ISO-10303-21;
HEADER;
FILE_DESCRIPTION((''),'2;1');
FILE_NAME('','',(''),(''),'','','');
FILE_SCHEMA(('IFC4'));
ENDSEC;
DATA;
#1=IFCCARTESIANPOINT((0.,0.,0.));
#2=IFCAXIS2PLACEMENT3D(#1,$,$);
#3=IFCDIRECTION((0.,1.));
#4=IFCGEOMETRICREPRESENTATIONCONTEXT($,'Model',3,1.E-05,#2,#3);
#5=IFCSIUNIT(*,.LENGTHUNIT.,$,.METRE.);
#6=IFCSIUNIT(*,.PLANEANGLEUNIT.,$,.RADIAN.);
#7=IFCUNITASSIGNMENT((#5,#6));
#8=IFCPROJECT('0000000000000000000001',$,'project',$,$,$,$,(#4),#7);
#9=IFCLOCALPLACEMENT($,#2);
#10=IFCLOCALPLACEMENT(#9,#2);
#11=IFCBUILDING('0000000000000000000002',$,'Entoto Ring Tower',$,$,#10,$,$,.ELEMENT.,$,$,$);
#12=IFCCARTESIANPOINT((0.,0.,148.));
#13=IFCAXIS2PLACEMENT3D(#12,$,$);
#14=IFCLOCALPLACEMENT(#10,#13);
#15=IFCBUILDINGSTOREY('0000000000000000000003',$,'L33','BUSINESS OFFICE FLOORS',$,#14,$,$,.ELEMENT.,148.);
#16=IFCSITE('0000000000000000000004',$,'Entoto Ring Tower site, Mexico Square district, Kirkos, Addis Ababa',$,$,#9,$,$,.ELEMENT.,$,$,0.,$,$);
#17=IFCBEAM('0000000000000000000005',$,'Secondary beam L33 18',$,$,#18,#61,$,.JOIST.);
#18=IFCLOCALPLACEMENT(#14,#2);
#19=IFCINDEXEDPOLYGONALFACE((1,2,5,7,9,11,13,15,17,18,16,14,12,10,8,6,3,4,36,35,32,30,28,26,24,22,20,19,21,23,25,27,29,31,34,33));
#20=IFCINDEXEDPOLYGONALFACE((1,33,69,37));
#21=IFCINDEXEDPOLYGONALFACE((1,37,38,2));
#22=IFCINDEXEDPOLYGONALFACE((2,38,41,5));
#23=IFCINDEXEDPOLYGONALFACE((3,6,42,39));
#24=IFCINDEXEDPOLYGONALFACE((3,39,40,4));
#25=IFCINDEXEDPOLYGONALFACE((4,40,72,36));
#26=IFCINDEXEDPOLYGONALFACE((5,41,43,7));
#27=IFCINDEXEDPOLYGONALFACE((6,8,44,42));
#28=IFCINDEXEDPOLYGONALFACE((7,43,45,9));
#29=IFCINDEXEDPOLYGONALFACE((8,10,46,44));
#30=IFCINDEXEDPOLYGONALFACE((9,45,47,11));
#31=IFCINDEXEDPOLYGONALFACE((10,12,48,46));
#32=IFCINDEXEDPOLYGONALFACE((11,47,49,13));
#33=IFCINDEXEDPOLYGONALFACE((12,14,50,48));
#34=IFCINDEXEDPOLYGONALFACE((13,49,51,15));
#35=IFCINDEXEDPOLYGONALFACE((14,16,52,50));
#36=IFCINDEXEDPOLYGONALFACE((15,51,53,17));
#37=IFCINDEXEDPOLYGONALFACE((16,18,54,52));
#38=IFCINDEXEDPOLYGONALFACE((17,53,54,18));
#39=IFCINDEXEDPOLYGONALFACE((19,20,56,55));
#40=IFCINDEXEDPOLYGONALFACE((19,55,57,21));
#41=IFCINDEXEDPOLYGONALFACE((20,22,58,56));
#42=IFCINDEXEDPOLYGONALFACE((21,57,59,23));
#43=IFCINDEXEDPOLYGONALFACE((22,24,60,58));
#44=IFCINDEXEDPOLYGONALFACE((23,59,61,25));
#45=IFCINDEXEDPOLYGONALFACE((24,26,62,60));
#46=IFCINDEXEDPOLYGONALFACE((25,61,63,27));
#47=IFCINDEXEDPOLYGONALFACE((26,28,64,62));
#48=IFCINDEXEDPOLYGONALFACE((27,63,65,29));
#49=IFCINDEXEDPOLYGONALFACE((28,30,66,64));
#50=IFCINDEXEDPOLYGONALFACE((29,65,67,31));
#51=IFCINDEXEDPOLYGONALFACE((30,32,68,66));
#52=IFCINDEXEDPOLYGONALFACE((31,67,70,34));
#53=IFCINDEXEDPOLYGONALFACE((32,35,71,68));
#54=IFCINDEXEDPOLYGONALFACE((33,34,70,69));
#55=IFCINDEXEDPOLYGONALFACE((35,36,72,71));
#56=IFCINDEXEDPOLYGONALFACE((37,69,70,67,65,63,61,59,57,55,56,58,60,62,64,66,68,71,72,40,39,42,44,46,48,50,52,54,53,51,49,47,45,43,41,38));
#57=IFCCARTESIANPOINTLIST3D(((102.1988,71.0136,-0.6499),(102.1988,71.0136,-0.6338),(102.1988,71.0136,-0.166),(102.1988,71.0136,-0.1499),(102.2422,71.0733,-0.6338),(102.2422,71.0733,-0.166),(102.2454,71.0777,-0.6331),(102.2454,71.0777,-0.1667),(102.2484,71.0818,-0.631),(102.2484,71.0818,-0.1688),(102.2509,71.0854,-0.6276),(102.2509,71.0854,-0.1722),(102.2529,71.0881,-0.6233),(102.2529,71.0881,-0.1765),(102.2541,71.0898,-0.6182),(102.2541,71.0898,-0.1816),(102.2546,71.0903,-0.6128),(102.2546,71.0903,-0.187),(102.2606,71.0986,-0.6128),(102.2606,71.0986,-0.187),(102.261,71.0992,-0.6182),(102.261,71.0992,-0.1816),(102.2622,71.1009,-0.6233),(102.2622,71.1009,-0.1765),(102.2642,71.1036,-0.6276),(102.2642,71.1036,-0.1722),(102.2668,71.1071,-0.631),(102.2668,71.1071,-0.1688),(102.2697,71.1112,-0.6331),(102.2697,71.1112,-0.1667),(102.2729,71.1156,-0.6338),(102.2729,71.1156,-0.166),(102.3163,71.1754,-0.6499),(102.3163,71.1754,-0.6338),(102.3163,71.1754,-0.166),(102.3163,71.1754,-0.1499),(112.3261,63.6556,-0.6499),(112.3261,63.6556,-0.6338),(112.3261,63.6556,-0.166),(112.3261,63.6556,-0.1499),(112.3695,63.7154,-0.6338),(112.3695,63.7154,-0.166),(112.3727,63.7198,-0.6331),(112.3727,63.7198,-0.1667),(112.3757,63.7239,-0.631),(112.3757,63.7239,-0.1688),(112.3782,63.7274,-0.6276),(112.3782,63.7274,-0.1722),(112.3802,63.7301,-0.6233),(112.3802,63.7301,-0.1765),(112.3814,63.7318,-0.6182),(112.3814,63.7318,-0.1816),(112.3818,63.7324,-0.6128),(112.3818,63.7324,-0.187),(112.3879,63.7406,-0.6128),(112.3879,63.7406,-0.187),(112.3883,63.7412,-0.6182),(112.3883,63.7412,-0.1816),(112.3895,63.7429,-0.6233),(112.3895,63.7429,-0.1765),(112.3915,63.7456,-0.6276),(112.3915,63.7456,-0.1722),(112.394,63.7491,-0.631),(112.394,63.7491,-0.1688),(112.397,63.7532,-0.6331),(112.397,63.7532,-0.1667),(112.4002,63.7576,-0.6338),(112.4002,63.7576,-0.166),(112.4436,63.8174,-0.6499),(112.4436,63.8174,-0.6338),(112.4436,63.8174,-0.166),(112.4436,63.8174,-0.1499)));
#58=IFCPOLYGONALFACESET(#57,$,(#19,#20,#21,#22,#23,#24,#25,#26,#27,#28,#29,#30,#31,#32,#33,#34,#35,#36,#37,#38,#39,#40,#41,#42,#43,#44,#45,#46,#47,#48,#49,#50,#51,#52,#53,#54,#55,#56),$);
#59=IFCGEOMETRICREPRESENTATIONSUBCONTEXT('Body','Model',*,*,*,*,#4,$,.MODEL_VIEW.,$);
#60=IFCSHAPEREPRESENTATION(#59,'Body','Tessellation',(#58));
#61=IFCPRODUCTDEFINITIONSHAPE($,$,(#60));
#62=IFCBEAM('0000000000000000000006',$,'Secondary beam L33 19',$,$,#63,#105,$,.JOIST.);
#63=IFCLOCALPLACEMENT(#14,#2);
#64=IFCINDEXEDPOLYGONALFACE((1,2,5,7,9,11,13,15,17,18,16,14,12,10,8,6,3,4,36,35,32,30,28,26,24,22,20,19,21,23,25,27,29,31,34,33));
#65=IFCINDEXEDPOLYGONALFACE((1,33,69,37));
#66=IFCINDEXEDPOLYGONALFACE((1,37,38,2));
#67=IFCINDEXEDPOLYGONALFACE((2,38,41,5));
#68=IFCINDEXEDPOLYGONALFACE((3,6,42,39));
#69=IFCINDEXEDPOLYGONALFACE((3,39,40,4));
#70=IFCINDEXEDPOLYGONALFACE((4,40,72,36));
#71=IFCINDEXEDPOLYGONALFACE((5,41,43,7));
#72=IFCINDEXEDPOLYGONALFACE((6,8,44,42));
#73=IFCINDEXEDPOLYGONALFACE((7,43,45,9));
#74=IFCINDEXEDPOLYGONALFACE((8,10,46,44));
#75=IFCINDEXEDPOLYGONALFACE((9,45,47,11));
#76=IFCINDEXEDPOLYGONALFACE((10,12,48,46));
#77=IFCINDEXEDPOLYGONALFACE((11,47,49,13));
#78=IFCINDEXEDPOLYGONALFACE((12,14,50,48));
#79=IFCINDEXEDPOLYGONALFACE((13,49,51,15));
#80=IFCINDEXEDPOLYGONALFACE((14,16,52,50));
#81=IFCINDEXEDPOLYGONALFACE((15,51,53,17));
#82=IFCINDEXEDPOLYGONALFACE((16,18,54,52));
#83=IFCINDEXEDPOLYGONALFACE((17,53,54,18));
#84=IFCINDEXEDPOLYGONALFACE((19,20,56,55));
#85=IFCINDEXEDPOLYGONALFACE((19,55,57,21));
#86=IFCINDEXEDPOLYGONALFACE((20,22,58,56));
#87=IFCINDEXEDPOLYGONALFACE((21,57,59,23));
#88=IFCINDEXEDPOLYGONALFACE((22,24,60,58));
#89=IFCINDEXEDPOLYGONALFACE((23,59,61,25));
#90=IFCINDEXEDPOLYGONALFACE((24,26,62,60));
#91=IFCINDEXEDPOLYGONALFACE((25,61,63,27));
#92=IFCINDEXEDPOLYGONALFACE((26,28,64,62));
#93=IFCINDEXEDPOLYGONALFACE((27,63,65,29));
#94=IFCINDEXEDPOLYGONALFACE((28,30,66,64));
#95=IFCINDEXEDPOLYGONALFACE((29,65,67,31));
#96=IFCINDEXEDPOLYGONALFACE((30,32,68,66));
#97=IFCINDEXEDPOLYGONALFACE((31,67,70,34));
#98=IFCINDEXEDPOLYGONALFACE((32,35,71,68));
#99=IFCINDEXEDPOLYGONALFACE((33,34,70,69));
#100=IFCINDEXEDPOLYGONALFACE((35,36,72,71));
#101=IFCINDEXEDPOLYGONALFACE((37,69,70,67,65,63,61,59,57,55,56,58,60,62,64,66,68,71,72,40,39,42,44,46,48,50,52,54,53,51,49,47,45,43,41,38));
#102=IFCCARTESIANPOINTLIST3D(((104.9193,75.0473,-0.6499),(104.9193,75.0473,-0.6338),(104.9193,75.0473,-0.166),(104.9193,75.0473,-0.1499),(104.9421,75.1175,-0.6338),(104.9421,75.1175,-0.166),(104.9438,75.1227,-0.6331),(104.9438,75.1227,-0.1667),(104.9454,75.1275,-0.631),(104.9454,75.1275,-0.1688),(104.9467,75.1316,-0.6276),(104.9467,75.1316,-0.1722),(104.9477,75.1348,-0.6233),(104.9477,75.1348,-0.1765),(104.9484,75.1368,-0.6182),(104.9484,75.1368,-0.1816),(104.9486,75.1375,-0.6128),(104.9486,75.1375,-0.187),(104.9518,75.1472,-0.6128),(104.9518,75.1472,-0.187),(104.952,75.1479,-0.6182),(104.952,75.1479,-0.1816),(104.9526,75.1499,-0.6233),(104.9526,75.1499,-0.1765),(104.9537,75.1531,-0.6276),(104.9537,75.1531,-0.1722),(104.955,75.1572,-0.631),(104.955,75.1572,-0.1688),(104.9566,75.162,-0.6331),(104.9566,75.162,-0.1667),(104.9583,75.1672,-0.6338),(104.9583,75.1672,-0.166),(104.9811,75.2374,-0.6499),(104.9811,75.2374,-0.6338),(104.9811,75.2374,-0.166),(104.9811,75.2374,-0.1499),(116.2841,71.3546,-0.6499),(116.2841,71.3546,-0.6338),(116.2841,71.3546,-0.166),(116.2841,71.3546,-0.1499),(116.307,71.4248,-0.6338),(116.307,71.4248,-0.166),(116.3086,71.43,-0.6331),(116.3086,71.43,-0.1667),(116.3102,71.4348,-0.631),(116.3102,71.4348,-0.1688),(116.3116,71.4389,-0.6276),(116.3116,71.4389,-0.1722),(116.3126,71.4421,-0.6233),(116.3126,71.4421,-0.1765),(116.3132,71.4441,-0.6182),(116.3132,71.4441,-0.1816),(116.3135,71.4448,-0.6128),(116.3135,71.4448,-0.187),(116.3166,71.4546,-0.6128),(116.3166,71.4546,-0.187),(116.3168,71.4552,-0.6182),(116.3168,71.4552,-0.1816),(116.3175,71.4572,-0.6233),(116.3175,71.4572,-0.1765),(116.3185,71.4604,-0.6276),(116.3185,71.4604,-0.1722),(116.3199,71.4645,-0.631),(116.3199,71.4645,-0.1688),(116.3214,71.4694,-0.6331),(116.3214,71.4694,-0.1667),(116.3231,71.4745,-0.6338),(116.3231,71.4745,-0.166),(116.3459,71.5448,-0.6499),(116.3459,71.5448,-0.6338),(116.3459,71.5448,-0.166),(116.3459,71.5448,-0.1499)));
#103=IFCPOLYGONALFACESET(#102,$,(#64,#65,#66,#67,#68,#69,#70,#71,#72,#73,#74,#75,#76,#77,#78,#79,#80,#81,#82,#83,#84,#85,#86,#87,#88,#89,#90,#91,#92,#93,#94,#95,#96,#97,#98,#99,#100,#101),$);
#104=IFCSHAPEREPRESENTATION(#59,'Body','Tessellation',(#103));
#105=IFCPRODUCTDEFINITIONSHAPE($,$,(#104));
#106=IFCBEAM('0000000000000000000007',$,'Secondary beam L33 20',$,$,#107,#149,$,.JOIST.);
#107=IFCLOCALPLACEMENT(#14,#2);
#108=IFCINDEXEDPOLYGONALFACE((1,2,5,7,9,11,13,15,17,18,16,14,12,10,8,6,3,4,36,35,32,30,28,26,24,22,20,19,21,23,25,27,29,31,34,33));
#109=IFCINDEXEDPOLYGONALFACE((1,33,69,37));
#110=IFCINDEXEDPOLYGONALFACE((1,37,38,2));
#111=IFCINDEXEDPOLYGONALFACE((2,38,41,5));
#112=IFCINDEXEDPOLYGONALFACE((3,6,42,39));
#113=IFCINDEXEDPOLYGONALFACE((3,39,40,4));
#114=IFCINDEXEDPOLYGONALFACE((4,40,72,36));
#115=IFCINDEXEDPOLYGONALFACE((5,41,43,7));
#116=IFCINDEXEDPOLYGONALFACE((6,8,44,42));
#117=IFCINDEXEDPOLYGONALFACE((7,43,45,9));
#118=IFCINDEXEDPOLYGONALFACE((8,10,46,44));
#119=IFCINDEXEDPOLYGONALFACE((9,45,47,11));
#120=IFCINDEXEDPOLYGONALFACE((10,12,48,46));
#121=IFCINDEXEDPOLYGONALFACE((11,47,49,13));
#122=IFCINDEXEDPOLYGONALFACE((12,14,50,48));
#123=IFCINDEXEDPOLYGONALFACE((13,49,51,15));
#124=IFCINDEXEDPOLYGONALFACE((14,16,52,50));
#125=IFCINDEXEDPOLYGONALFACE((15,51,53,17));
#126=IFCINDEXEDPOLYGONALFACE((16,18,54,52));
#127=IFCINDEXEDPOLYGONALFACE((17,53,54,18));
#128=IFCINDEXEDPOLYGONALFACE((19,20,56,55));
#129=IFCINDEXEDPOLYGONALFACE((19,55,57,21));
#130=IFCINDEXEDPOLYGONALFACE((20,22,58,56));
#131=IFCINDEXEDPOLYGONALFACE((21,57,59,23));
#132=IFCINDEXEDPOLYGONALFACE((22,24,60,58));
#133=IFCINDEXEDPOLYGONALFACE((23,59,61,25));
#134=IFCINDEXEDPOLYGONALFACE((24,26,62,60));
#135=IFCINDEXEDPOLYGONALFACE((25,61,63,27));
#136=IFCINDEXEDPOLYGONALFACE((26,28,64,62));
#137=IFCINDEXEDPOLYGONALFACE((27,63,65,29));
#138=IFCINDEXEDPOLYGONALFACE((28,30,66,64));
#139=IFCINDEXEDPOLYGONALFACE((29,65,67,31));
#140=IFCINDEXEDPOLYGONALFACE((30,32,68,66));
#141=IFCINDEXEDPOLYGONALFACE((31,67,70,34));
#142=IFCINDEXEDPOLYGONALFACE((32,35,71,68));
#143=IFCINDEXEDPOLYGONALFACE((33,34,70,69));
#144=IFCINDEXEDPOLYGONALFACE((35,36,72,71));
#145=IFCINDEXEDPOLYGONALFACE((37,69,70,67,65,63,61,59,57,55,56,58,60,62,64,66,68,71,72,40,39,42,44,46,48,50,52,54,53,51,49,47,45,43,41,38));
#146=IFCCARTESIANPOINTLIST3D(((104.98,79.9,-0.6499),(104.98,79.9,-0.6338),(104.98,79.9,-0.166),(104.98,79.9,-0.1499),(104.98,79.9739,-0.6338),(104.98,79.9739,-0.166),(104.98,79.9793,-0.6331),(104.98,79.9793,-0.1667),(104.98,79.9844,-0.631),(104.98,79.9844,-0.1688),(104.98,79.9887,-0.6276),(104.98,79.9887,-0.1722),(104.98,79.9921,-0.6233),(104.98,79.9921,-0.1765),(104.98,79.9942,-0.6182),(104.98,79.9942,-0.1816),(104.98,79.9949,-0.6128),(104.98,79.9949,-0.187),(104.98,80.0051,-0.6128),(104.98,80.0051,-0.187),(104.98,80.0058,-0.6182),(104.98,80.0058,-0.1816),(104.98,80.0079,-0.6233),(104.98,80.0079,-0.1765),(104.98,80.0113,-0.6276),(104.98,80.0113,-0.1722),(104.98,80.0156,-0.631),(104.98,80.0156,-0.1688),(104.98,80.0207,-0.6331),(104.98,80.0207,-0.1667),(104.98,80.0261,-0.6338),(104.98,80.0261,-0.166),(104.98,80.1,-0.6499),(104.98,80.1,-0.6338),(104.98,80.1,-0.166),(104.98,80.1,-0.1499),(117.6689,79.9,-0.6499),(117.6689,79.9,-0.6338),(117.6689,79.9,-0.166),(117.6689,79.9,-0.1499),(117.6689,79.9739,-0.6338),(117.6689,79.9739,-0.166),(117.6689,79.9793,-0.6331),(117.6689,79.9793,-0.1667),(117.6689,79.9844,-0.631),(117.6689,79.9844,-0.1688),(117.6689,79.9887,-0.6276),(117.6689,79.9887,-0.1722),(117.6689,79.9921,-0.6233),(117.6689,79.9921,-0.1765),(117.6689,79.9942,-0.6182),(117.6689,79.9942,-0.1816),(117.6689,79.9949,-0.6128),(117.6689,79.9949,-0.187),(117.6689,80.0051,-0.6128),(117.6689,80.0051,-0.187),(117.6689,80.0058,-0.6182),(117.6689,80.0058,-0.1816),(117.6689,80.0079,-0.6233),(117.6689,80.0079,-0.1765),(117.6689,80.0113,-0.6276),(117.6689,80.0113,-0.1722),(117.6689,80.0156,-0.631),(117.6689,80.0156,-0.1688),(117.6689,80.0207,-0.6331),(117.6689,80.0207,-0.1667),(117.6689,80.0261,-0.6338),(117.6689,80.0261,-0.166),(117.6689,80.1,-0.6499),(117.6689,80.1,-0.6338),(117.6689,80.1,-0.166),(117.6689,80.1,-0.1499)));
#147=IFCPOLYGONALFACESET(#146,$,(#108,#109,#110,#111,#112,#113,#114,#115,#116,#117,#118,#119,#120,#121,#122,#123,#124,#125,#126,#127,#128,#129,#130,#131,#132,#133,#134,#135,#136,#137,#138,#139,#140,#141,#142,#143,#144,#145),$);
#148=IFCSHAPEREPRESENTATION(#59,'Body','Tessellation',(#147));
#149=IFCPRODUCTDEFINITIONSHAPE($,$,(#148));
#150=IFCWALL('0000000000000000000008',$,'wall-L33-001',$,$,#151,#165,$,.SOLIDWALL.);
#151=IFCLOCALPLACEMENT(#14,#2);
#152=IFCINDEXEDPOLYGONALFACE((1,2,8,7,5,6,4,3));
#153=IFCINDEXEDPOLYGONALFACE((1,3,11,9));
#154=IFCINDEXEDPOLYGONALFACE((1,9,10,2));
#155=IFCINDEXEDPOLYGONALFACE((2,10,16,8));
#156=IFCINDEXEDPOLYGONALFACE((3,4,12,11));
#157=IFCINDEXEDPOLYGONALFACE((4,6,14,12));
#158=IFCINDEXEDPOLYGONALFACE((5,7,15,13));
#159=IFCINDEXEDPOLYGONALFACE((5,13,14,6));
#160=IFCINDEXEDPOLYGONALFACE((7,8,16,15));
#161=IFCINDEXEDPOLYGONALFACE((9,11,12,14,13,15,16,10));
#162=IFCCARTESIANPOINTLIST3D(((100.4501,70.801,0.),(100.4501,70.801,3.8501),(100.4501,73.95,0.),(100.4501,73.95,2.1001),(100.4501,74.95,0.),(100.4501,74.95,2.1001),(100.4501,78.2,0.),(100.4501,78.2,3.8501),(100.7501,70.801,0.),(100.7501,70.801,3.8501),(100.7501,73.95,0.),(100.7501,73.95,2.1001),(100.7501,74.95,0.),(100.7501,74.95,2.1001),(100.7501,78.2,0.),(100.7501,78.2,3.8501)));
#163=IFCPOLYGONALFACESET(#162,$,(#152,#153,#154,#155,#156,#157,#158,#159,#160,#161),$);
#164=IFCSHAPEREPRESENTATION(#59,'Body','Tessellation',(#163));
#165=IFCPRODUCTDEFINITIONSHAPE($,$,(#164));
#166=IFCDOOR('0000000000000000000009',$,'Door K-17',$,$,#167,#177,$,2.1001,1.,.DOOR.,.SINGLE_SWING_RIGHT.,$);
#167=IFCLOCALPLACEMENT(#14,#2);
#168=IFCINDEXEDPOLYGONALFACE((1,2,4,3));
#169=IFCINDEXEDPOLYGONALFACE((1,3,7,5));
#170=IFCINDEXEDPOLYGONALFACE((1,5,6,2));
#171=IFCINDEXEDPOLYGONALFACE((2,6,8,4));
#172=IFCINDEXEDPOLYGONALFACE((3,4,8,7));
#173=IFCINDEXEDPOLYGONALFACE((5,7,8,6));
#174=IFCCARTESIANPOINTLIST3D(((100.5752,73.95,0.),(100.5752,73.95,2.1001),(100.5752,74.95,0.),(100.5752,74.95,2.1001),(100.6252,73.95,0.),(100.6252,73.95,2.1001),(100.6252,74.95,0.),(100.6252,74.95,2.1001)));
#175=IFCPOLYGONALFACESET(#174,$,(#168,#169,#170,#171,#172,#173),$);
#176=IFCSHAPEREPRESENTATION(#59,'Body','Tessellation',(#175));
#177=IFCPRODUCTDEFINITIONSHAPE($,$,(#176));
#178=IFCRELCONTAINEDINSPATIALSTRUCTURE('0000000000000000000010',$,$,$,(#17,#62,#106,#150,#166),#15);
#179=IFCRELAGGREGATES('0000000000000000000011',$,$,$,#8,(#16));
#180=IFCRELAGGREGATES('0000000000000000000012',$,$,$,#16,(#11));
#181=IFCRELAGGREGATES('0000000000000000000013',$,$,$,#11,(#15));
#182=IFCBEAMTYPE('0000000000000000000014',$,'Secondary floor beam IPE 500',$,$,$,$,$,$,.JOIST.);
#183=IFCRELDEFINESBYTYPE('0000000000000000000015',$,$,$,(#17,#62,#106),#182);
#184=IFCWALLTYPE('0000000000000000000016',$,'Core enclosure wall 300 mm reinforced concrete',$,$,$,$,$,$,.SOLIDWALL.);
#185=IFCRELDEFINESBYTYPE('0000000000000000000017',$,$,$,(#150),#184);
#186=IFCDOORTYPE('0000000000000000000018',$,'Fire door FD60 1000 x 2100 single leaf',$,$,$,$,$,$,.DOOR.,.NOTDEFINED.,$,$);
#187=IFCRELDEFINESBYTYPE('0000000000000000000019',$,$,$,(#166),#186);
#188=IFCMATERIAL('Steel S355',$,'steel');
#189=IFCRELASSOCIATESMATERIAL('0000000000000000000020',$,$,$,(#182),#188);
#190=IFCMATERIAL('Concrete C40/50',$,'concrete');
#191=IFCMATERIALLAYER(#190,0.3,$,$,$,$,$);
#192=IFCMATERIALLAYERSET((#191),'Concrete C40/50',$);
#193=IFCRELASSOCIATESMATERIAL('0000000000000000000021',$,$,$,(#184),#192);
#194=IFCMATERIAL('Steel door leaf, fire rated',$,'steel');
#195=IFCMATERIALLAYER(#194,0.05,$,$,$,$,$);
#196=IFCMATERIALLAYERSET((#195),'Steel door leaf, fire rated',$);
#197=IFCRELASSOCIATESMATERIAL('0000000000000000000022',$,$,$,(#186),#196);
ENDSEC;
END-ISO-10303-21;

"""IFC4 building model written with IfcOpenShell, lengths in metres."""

from ifc_helpers import new_model, si_unit, direction, frame, frame_2d, origin, origin_2d, place, context, subcontext, project, spatial, rectangle, i_section, extrude, material, layer, layer_set, material_profile, profile_set, type_object, element, fill, save


model = new_model("IFC4")

# Units and contexts
model_context = context("Model", 3, precision=1e-05, world=origin(), true_north=direction((0.0, 1.0)))
body_context = subcontext(model_context, "Body", "Model", "MODEL_VIEW")
ifc_project = project(units=[si_unit("LENGTHUNIT", "METRE"), si_unit("PLANEANGLEUNIT", "RADIAN")], contexts=[model_context])

# Site, building, storey
site_placement = place(None, origin())
site = spatial("IfcSite", under=ifc_project, at=site_placement, Name="Entoto Ring Tower site, Mexico Square district, Kirkos, Addis Ababa", CompositionType="ELEMENT", RefElevation=0.0)
building_placement = place(site_placement, origin())
building = spatial("IfcBuilding", under=site, at=building_placement, Name="Entoto Ring Tower", CompositionType="ELEMENT")
storey_placement = place(building_placement, frame((0.0, 0.0, 148.0)))
storey = spatial("IfcBuildingStorey", under=building, at=storey_placement, Name="L33", Description="BUSINESS OFFICE FLOORS", CompositionType="ELEMENT", Elevation=148.0)

# Beams
ifc_material_1 = material(Name="Steel S355", Category="steel")
ifc_material_profile_1 = material_profile(ifc_material_1, i_section(OverallWidth=0.2, OverallDepth=0.5, WebThickness=0.0103, FlangeThickness=0.0161, FilletRadius=0.021, at=origin_2d()), Name="IPE 500")
ifc_profile_set_1 = profile_set([ifc_material_profile_1], Name="Steel S355")
beam_type_1 = type_object("IfcBeamType", Name="Secondary floor beam IPE 500", PredefinedType="JOIST", material=ifc_profile_set_1)
for number, where, z_axis, x_axis, name in (
    (1, (102.2576, 71.0945, -0.3999), (0.809014, -0.587789, 0.0), (0.587789, 0.809014, 0.0), "Secondary beam L33 18"),
):
    element("IfcBeam", number, at=place(storey_placement, frame(where, z_axis=z_axis, x_axis=x_axis)), inside=storey, type_object=beam_type_1, Name=name, PredefinedType="JOIST", context=body_context, shape_type="SweptSolid", body=[
        extrude(i_section(OverallWidth=0.2, OverallDepth=0.5, WebThickness=0.0103, FlangeThickness=0.0161, FilletRadius=0.021, at=origin_2d()), origin(), (0.0, 0.0, 1.0), 12.5181),
    ])
beam_1_placement = place(storey_placement, frame((104.9502, 75.1423, -0.3999), z_axis=(0.951057, -0.309017, 0.0), x_axis=(0.309017, 0.951057, 0.0)))
element("IfcBeam", 2, at=beam_1_placement, inside=storey, type_object=beam_type_1, Name="Secondary beam L33 19", PredefinedType="JOIST", context=body_context, shape_type="SweptSolid", body=[
    extrude(i_section(OverallWidth=0.2, OverallDepth=0.5, WebThickness=0.0103, FlangeThickness=0.0161, FilletRadius=0.021, at=origin_2d()), origin(), (0.0, 0.0, 1.0), 11.9497),
])
beam_2_placement = place(storey_placement, frame((104.98, 80.0, -0.3999), z_axis=(1.0, 0.0, 0.0), x_axis=(0.0, 1.0, 0.0)))
element("IfcBeam", 3, at=beam_2_placement, inside=storey, type_object=beam_type_1, Name="Secondary beam L33 20", PredefinedType="JOIST", context=body_context, shape_type="SweptSolid", body=[
    extrude(i_section(OverallWidth=0.2, OverallDepth=0.5, WebThickness=0.0103, FlangeThickness=0.0161, FilletRadius=0.021, at=origin_2d()), origin(), (0.0, 0.0, 1.0), 12.689),
])

# Wall, opening, door
ifc_material_2 = material(Name="Concrete C40/50", Category="concrete")
ifc_layer_1 = layer(ifc_material_2, 0.3)
ifc_layer_set_1 = layer_set([ifc_layer_1], Name="Concrete C40/50")
wall_type_1 = type_object("IfcWallType", Name="Core enclosure wall 300 mm reinforced concrete", PredefinedType="SOLIDWALL", material=ifc_layer_set_1)
wall_1_placement = place(storey_placement, frame((100.6001, 70.801, 0.0), z_axis=(0.0, 0.0, 1.0), x_axis=(0.0, 1.0, 0.0)))
wall_1 = element("IfcWall", 4, at=wall_1_placement, inside=storey, type_object=wall_type_1, Name="wall-L33-001", PredefinedType="SOLIDWALL", context=body_context, shape_type="SweptSolid", body=[
    extrude(rectangle(XDim=7.3989, YDim=0.3, at=frame_2d((3.6995, 0.0))), origin(), (0.0, 0.0, 1.0), 3.8501),
])
opening_1_placement = place(wall_1_placement, frame((3.1489, 0.0, 0.0)))
opening_1 = element("IfcOpeningElement", 5, at=opening_1_placement, cuts=wall_1, PredefinedType="OPENING", context=body_context, shape_type="SweptSolid", body=[
    extrude(rectangle(XDim=1.0, YDim=2.1001, at=frame_2d((0.5, 1.05))), frame((0.0, 0.1602, 0.0), z_axis=(0.0, -1.0, 0.0), x_axis=(1.0, 0.0, 0.0)), (0.0, 0.0, 1.0), 0.3201),
])
ifc_material_3 = material(Name="Steel door leaf, fire rated", Category="steel")
ifc_layer_2 = layer(ifc_material_3, 0.05)
ifc_layer_set_2 = layer_set([ifc_layer_2], Name="Steel door leaf, fire rated")
door_type_1 = type_object("IfcDoorType", Name="Fire door FD60 1000 x 2100 single leaf", OperationType="NOTDEFINED", PredefinedType="DOOR", material=ifc_layer_set_2)
door_1_placement = place(opening_1_placement, origin())
door_1 = element("IfcDoor", 6, at=door_1_placement, inside=storey, type_object=door_type_1, Name="Door K-17", OperationType="SINGLE_SWING_RIGHT", OverallHeight=2.1001, OverallWidth=1.0, PredefinedType="DOOR", context=body_context, shape_type="SweptSolid", body=[
    extrude(rectangle(XDim=1.0, YDim=2.1001, at=frame_2d((0.5, 1.05))), frame((0.0, 0.0249, 0.0), z_axis=(0.0, -1.0, 0.0), x_axis=(1.0, 0.0, 0.0)), (0.0, 0.0, 1.0), 0.05),
])
fill(opening_1, door_1)

save(model, "model.ifc")
